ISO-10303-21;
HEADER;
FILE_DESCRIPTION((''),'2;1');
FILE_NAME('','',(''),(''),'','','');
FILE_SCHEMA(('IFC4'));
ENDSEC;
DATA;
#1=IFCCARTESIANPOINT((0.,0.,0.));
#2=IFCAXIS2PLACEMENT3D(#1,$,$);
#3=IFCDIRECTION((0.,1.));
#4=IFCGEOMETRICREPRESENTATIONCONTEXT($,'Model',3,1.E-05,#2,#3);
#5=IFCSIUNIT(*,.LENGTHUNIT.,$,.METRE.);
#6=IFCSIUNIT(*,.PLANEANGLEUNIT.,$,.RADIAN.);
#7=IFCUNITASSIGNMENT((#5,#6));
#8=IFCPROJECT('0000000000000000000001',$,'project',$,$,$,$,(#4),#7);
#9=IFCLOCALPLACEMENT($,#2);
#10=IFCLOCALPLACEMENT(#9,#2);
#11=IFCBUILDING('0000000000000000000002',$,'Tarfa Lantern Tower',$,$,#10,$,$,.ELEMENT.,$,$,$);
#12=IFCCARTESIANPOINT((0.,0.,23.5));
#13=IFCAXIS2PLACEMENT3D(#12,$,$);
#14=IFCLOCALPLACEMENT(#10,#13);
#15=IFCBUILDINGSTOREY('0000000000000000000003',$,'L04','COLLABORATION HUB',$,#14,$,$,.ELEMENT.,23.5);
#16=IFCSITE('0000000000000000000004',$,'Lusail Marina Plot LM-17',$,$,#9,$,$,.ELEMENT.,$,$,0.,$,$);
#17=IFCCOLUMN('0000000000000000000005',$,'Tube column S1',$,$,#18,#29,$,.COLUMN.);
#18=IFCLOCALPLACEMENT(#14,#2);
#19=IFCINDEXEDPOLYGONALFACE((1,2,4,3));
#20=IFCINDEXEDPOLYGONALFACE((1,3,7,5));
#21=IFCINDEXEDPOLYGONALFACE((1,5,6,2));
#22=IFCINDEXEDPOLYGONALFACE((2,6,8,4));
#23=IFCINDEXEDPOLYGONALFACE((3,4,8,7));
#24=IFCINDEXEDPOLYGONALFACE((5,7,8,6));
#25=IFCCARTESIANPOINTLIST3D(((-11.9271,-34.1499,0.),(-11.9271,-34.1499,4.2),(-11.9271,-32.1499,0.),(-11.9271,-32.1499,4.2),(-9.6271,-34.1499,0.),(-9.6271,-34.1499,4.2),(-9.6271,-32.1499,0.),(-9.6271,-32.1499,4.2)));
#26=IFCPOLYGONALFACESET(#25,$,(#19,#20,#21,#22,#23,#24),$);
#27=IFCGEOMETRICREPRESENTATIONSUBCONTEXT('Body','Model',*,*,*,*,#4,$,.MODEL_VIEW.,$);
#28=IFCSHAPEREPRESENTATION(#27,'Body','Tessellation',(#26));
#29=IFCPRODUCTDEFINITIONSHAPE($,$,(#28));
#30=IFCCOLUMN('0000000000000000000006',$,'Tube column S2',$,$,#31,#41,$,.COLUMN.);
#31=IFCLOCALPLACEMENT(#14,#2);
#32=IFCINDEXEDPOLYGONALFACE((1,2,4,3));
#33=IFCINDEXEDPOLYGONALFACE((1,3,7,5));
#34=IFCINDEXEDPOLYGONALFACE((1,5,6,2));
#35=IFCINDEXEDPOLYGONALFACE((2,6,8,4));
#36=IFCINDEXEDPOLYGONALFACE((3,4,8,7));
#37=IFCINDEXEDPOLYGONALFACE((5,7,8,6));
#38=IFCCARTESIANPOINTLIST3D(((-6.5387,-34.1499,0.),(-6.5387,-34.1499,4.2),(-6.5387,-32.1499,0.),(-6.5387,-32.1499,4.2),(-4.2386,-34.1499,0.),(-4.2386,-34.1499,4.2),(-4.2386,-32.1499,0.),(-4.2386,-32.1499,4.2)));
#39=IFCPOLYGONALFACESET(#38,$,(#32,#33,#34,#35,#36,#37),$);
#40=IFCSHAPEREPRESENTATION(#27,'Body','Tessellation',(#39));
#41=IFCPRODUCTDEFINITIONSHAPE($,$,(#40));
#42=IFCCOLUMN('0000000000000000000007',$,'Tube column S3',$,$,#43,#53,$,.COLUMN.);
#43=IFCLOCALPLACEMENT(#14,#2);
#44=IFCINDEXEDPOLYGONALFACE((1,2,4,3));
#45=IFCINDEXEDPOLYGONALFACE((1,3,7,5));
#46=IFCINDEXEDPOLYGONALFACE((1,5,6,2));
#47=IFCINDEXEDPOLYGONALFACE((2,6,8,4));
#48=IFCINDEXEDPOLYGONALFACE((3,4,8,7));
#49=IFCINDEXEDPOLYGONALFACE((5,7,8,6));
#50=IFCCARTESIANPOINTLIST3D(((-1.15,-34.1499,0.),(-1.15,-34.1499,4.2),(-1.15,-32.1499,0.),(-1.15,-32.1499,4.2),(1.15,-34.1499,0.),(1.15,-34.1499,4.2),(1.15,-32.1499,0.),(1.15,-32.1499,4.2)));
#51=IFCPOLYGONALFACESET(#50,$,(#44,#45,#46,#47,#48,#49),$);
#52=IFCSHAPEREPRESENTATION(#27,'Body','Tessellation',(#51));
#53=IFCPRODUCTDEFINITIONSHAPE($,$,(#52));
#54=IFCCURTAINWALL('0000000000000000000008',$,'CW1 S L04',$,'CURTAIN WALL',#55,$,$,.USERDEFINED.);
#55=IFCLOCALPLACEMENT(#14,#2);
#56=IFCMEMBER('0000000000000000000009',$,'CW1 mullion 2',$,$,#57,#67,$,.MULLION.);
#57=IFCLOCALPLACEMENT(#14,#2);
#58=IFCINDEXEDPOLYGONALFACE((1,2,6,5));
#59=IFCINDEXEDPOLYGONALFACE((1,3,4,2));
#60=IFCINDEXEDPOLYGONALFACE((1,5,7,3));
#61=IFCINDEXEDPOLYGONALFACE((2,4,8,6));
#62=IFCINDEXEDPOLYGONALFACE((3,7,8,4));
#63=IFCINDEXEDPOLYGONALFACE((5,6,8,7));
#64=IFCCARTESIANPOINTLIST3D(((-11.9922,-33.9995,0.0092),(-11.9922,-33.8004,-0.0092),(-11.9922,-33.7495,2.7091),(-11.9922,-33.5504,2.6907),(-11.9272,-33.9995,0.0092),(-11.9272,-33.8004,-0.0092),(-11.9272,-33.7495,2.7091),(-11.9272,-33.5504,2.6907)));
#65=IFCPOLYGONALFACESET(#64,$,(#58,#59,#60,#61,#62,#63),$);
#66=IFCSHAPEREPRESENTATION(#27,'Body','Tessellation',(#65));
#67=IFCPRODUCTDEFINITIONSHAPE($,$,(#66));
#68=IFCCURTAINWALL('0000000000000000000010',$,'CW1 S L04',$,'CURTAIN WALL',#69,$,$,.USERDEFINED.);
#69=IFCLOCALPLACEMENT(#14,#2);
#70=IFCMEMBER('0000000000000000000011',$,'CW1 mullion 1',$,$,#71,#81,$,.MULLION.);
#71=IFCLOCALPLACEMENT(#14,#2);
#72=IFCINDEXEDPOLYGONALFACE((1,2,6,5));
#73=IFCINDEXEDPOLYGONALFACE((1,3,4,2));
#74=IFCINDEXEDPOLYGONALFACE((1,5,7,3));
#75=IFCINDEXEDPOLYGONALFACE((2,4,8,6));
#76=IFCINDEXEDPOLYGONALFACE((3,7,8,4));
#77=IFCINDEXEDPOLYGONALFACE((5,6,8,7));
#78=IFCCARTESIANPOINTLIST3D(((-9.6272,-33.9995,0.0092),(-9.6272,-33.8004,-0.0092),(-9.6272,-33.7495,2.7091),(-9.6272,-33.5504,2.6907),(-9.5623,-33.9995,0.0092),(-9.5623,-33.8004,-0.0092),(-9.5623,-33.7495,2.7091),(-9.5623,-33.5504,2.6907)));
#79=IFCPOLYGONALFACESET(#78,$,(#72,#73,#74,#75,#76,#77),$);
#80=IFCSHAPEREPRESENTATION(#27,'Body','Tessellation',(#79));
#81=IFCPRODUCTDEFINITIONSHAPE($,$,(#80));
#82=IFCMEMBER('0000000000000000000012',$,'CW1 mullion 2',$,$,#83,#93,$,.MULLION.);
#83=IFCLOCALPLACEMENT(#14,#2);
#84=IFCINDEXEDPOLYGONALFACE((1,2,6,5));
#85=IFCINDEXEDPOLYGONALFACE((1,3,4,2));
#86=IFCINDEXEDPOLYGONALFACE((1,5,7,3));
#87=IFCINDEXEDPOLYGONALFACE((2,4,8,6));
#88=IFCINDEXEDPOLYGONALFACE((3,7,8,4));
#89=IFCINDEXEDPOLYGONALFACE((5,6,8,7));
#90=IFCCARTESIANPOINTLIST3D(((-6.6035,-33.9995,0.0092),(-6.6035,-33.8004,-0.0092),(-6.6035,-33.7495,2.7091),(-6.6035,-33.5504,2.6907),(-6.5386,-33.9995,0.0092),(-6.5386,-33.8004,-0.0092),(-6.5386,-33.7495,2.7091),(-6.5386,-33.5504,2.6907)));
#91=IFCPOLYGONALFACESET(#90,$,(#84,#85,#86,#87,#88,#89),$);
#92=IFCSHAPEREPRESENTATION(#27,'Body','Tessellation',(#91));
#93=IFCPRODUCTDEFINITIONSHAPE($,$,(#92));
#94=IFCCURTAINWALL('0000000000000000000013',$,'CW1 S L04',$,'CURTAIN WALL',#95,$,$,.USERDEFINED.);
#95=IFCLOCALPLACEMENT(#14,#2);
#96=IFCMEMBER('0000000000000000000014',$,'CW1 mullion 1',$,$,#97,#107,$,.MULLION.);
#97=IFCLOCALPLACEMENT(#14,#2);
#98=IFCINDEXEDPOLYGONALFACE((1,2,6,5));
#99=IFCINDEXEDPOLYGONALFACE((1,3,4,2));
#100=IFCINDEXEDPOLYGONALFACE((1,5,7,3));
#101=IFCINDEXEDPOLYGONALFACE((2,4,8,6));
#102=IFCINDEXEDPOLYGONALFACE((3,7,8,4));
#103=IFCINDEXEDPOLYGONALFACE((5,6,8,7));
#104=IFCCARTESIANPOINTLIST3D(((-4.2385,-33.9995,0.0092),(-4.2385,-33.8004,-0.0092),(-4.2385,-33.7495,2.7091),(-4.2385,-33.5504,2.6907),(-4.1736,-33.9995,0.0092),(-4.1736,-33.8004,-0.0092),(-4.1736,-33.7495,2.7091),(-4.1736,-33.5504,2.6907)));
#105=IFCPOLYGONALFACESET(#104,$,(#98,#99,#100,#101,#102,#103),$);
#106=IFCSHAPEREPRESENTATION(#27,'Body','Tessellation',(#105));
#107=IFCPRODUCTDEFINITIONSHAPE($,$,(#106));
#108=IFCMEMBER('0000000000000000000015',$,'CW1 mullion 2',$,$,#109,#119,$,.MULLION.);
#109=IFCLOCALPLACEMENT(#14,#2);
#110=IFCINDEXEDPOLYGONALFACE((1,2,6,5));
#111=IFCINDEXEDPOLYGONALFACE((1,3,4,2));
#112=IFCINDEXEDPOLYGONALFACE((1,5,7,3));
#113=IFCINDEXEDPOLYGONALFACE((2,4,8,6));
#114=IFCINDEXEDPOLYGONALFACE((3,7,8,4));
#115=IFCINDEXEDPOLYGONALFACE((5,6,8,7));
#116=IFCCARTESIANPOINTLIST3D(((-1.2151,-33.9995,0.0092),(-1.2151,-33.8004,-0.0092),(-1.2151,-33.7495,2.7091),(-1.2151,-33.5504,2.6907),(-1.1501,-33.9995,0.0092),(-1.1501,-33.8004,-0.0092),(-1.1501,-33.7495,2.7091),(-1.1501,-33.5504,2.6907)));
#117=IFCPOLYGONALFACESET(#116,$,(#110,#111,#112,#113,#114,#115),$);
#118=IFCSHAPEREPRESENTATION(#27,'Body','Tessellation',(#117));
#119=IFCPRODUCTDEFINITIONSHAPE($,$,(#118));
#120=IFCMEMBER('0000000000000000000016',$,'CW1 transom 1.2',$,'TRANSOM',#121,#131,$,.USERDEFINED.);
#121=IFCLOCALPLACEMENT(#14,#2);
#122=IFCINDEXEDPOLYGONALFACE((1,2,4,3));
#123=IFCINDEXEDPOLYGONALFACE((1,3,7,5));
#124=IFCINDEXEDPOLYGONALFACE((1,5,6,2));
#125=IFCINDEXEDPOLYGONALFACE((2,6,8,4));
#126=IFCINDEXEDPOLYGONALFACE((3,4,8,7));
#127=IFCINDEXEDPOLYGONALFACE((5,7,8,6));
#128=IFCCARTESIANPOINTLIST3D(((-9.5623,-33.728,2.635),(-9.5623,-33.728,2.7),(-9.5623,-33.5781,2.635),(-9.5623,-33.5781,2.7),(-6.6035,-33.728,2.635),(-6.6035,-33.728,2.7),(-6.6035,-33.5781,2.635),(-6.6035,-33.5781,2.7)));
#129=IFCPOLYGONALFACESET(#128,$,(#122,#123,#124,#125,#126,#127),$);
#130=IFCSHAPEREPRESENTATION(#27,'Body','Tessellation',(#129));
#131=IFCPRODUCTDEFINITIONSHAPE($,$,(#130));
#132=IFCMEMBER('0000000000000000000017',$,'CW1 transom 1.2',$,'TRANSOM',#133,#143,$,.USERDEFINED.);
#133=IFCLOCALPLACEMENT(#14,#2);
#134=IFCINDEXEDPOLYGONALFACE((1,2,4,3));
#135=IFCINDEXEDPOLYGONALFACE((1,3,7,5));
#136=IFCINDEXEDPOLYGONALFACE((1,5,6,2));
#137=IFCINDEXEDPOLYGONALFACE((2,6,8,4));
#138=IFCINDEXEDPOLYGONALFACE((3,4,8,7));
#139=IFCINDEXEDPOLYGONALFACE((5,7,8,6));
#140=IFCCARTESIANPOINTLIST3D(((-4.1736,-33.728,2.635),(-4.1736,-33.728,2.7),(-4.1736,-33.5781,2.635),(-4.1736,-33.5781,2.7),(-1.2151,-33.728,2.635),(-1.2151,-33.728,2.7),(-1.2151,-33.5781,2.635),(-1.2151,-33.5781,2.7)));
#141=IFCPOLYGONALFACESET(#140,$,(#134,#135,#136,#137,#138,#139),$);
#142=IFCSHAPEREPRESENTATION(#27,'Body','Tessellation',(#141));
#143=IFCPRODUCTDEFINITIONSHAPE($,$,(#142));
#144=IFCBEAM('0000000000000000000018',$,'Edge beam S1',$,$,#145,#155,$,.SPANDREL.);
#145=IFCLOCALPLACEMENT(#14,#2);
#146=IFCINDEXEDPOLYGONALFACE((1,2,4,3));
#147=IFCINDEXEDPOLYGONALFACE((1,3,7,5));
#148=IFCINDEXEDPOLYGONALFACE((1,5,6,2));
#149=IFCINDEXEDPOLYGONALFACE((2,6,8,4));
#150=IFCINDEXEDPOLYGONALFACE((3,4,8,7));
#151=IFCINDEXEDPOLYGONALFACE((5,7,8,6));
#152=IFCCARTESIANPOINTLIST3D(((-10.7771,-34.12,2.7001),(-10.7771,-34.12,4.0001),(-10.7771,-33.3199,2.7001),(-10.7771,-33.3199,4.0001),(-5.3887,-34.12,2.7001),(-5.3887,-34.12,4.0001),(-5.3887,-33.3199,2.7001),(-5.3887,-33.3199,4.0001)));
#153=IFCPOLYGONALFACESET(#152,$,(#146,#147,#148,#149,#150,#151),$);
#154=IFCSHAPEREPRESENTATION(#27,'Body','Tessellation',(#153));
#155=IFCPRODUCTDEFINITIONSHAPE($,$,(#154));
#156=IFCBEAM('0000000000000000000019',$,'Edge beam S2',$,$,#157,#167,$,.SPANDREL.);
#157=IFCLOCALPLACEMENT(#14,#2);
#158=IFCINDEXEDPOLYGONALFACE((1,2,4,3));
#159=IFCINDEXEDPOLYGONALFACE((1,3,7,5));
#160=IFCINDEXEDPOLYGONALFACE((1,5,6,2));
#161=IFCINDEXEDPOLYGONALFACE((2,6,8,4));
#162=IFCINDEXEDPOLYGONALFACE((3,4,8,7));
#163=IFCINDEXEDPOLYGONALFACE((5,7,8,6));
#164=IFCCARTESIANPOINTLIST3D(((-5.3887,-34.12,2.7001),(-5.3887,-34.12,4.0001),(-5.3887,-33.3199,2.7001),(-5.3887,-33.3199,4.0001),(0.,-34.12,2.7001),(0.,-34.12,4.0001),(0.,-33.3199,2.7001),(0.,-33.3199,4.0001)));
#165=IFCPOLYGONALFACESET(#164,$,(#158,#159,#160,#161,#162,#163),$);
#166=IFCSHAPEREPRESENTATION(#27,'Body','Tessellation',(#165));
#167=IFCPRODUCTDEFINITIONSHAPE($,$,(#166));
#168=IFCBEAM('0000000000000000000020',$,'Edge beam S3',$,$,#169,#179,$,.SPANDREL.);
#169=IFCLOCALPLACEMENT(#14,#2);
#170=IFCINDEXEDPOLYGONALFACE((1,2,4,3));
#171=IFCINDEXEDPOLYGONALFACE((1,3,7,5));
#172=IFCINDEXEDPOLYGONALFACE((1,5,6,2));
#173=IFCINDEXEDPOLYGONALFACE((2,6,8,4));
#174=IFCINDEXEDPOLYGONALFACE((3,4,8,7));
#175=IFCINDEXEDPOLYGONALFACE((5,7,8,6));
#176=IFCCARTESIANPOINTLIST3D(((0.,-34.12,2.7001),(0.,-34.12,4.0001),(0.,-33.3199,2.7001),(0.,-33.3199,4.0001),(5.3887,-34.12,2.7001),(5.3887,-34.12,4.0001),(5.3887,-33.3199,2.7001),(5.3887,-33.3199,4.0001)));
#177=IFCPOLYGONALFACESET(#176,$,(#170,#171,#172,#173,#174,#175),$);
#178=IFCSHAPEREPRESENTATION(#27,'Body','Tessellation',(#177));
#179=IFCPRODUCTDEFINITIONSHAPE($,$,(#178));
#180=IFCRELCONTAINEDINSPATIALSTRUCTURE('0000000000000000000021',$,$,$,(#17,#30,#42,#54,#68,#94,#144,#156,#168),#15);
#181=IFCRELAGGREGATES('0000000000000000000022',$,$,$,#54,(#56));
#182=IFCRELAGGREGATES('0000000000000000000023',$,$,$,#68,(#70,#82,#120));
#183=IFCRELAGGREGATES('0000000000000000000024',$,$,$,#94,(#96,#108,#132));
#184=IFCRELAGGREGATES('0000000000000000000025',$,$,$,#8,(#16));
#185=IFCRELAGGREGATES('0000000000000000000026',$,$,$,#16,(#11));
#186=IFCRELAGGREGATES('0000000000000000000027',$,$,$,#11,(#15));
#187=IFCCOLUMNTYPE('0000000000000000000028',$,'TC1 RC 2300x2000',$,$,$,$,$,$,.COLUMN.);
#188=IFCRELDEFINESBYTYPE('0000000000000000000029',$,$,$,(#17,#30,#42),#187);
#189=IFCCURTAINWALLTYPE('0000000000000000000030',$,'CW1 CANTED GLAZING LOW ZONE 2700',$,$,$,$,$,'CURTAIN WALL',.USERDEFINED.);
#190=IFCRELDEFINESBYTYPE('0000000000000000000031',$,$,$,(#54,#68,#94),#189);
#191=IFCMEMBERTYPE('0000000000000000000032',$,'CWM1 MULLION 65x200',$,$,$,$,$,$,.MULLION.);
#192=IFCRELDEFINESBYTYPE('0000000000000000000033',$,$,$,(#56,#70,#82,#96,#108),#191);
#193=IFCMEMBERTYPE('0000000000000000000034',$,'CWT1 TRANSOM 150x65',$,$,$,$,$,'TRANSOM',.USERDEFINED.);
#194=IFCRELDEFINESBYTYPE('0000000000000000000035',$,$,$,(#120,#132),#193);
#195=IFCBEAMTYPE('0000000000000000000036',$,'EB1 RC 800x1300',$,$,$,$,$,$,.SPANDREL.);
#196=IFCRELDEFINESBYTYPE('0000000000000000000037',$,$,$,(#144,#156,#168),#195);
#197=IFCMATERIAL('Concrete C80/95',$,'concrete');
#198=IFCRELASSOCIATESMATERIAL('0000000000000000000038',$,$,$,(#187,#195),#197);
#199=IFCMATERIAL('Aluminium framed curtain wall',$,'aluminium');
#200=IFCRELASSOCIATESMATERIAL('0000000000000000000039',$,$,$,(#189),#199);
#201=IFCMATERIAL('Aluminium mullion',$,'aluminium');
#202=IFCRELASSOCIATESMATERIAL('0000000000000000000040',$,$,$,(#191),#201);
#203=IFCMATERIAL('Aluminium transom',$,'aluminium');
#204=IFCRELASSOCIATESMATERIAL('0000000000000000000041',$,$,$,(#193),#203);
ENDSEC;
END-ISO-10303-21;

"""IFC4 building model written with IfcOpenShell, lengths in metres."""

from ifc_helpers import new_model, si_unit, direction, frame, origin, origin_2d, place, context, subcontext, project, spatial, rectangle, extrude, material, material_profile, profile_set, type_object, element, aggregate, save


model = new_model("IFC4")

# Units and contexts
model_context = context("Model", 3, precision=1e-05, world=origin(), true_north=direction((0.0, 1.0)))
body_context = subcontext(model_context, "Body", "Model", "MODEL_VIEW")
ifc_project = project(units=[si_unit("LENGTHUNIT", "METRE"), si_unit("PLANEANGLEUNIT", "RADIAN")], contexts=[model_context])

# Site, building, storey
site_placement = place(None, origin())
site = spatial("IfcSite", under=ifc_project, at=site_placement, Name="Lusail Marina Plot LM-17", CompositionType="ELEMENT", RefElevation=0.0)
building_placement = place(site_placement, origin())
building = spatial("IfcBuilding", under=site, at=building_placement, Name="Tarfa Lantern Tower", CompositionType="ELEMENT")
storey_placement = place(building_placement, frame((0.0, 0.0, 23.5)))
storey = spatial("IfcBuildingStorey", under=building, at=storey_placement, Name="L04", Description="COLLABORATION HUB", CompositionType="ELEMENT", Elevation=23.5)

# Columns
ifc_material_1 = material(Name="Concrete C80/95", Category="concrete")
ifc_material_profile_1 = material_profile(ifc_material_1, rectangle(XDim=2.3, YDim=2.0, at=origin_2d()), Name="RC 2300x2000")
ifc_profile_set_1 = profile_set([ifc_material_profile_1], Name="Concrete C80/95")
column_type = type_object("IfcColumnType", Name="TC1 RC 2300x2000", PredefinedType="COLUMN", material=ifc_profile_set_1)
for number, where, z_axis, x_axis, name in (
    (1, (-10.7771, -33.1499, 0.0), (0.0, 0.0, 1.0), (1.0, 0.0, 0.0), "Tube column S1"),
    (2, (-5.3887, -33.1499, 0.0), (0.0, 0.0, 1.0), (1.0, 0.0, 0.0), "Tube column S2"),
    (3, (0.0, -33.1499, 0.0), (0.0, 0.0, 1.0), (1.0, 0.0, 0.0), "Tube column S3"),
):
    element("IfcColumn", number, at=place(storey_placement, frame(where, z_axis=z_axis, x_axis=x_axis)), inside=storey, type_object=column_type, Name=name, PredefinedType="COLUMN", context=body_context, shape_type="SweptSolid", body=[
        extrude(rectangle(XDim=2.3, YDim=2.0, at=origin_2d()), origin(), (0.0, 0.0, 1.0), 4.2),
    ])

# Curtain wall, member
ifc_material_2 = material(Name="Aluminium framed curtain wall", Category="aluminium")
curtain_wall_type = type_object("IfcCurtainWallType", Name="CW1 CANTED GLAZING LOW ZONE 2700", ElementType="CURTAIN WALL", PredefinedType="USERDEFINED", material=ifc_material_2)
curtain_wall_1_placement = place(storey_placement, origin())
curtain_wall_1 = element("IfcCurtainWall", 4, at=curtain_wall_1_placement, inside=storey, type_object=curtain_wall_type, Name="CW1 S L04", ObjectType="CURTAIN WALL", PredefinedType="USERDEFINED")
ifc_material_3 = material(Name="Aluminium mullion", Category="aluminium")
ifc_material_profile_2 = material_profile(ifc_material_3, rectangle(XDim=0.0649, YDim=0.2, at=origin_2d()), Name="AL MULLION 65x200")
ifc_profile_set_2 = profile_set([ifc_material_profile_2], Name="Aluminium mullion")
member_type_1 = type_object("IfcMemberType", Name="CWM1 MULLION 65x200", PredefinedType="MULLION", material=ifc_profile_set_2)
member_1_placement = place(storey_placement, frame((-11.9597, -33.8999, 0.0), z_axis=(0.0, 0.0922, 0.995741), x_axis=(-1.0, 0.0, 0.0)))
member_1 = element("IfcMember", 5, at=member_1_placement, type_object=member_type_1, Name="CW1 mullion 2", PredefinedType="MULLION", context=body_context, shape_type="SweptSolid", body=[
    extrude(rectangle(XDim=0.0649, YDim=0.2, at=origin_2d()), origin(), (0.0, 0.0, 1.0), 2.7114),
])
aggregate(curtain_wall_1, [member_1])

# Curtain walls, members
curtain_wall_2_placement = place(storey_placement, origin())
curtain_wall_2 = element("IfcCurtainWall", 6, at=curtain_wall_2_placement, inside=storey, type_object=curtain_wall_type, Name="CW1 S L04", ObjectType="CURTAIN WALL", PredefinedType="USERDEFINED")
member_2_placement = place(storey_placement, frame((-9.5947, -33.8999, 0.0), z_axis=(0.0, 0.0922, 0.995741), x_axis=(-1.0, 0.0, 0.0)))
member_2 = element("IfcMember", 7, at=member_2_placement, type_object=member_type_1, Name="CW1 mullion 1", PredefinedType="MULLION", context=body_context, shape_type="SweptSolid", body=[
    extrude(rectangle(XDim=0.0649, YDim=0.2, at=origin_2d()), origin(), (0.0, 0.0, 1.0), 2.7114),
])
member_3_placement = place(storey_placement, frame((-6.571, -33.8999, 0.0), z_axis=(0.0, 0.0922, 0.995741), x_axis=(-1.0, 0.0, 0.0)))
member_3 = element("IfcMember", 8, at=member_3_placement, type_object=member_type_1, Name="CW1 mullion 2", PredefinedType="MULLION", context=body_context, shape_type="SweptSolid", body=[
    extrude(rectangle(XDim=0.0649, YDim=0.2, at=origin_2d()), origin(), (0.0, 0.0, 1.0), 2.7114),
])
curtain_wall_3_placement = place(storey_placement, origin())
curtain_wall_3 = element("IfcCurtainWall", 9, at=curtain_wall_3_placement, inside=storey, type_object=curtain_wall_type, Name="CW1 S L04", ObjectType="CURTAIN WALL", PredefinedType="USERDEFINED")
member_4_placement = place(storey_placement, frame((-4.2061, -33.8999, 0.0), z_axis=(0.0, 0.0922, 0.995741), x_axis=(-1.0, 0.0, 0.0)))
member_4 = element("IfcMember", 10, at=member_4_placement, type_object=member_type_1, Name="CW1 mullion 1", PredefinedType="MULLION", context=body_context, shape_type="SweptSolid", body=[
    extrude(rectangle(XDim=0.0649, YDim=0.2, at=origin_2d()), origin(), (0.0, 0.0, 1.0), 2.7114),
])
member_5_placement = place(storey_placement, frame((-1.1826, -33.8999, 0.0), z_axis=(0.0, 0.0922, 0.995741), x_axis=(-1.0, 0.0, 0.0)))
member_5 = element("IfcMember", 11, at=member_5_placement, type_object=member_type_1, Name="CW1 mullion 2", PredefinedType="MULLION", context=body_context, shape_type="SweptSolid", body=[
    extrude(rectangle(XDim=0.0649, YDim=0.2, at=origin_2d()), origin(), (0.0, 0.0, 1.0), 2.7114),
])

# Members
ifc_material_4 = material(Name="Aluminium transom", Category="aluminium")
ifc_material_profile_3 = material_profile(ifc_material_4, rectangle(XDim=0.1499, YDim=0.0649, at=origin_2d()), Name="AL TRANSOM 150x65")
ifc_profile_set_3 = profile_set([ifc_material_profile_3], Name="Aluminium transom")
member_type_2 = type_object("IfcMemberType", Name="CWT1 TRANSOM 150x65", ElementType="TRANSOM", PredefinedType="USERDEFINED", material=ifc_profile_set_3)
member_6_placement = place(storey_placement, frame((-9.5623, -33.6531, 2.6675), z_axis=(1.0, 0.0, 0.0), x_axis=(0.0, 1.0, 0.0)))
member_6 = element("IfcMember", 12, at=member_6_placement, type_object=member_type_2, Name="CW1 transom 1.2", ObjectType="TRANSOM", PredefinedType="USERDEFINED", context=body_context, shape_type="SweptSolid", body=[
    extrude(rectangle(XDim=0.1499, YDim=0.0649, at=origin_2d()), origin(), (0.0, 0.0, 1.0), 2.9587),
])
member_7_placement = place(storey_placement, frame((-4.1736, -33.6531, 2.6675), z_axis=(1.0, 0.0, 0.0), x_axis=(0.0, 1.0, 0.0)))
member_7 = element("IfcMember", 13, at=member_7_placement, type_object=member_type_2, Name="CW1 transom 1.2", ObjectType="TRANSOM", PredefinedType="USERDEFINED", context=body_context, shape_type="SweptSolid", body=[
    extrude(rectangle(XDim=0.1499, YDim=0.0649, at=origin_2d()), origin(), (0.0, 0.0, 1.0), 2.9585),
])

# Beams
ifc_material_profile_4 = material_profile(ifc_material_1, rectangle(XDim=0.8, YDim=1.3, at=origin_2d()), Name="RC 800x1300")
ifc_profile_set_4 = profile_set([ifc_material_profile_4], Name="Concrete C80/95")
beam_type_1 = type_object("IfcBeamType", Name="EB1 RC 800x1300", PredefinedType="SPANDREL", material=ifc_profile_set_4)
beam_placement = place(storey_placement, frame((-10.7771, -33.72, 3.3501), z_axis=(1.0, 0.0, 0.0), x_axis=(0.0, 1.0, 0.0)))
element("IfcBeam", 14, at=beam_placement, inside=storey, type_object=beam_type_1, Name="Edge beam S1", PredefinedType="SPANDREL", context=body_context, shape_type="SweptSolid", body=[
    extrude(rectangle(XDim=0.8, YDim=1.3, at=origin_2d()), origin(), (0.0, 0.0, 1.0), 5.3884),
])
for number, where, z_axis, x_axis, name in (
    (15, (-5.3887, -33.72, 3.3501), (1.0, 0.0, 0.0), (0.0, 1.0, 0.0), "Edge beam S2"),
    (16, (0.0, -33.72, 3.3501), (1.0, 0.0, 0.0), (0.0, 1.0, 0.0), "Edge beam S3"),
):
    element("IfcBeam", number, at=place(storey_placement, frame(where, z_axis=z_axis, x_axis=x_axis)), inside=storey, type_object=beam_type_1, Name=name, PredefinedType="SPANDREL", context=body_context, shape_type="SweptSolid", body=[
        extrude(rectangle(XDim=0.8, YDim=1.3, at=origin_2d()), origin(), (0.0, 0.0, 1.0), 5.3887),
    ])

aggregate(curtain_wall_2, [member_2, member_3, member_6])
aggregate(curtain_wall_3, [member_4, member_5, member_7])

save(model, "model.ifc")
